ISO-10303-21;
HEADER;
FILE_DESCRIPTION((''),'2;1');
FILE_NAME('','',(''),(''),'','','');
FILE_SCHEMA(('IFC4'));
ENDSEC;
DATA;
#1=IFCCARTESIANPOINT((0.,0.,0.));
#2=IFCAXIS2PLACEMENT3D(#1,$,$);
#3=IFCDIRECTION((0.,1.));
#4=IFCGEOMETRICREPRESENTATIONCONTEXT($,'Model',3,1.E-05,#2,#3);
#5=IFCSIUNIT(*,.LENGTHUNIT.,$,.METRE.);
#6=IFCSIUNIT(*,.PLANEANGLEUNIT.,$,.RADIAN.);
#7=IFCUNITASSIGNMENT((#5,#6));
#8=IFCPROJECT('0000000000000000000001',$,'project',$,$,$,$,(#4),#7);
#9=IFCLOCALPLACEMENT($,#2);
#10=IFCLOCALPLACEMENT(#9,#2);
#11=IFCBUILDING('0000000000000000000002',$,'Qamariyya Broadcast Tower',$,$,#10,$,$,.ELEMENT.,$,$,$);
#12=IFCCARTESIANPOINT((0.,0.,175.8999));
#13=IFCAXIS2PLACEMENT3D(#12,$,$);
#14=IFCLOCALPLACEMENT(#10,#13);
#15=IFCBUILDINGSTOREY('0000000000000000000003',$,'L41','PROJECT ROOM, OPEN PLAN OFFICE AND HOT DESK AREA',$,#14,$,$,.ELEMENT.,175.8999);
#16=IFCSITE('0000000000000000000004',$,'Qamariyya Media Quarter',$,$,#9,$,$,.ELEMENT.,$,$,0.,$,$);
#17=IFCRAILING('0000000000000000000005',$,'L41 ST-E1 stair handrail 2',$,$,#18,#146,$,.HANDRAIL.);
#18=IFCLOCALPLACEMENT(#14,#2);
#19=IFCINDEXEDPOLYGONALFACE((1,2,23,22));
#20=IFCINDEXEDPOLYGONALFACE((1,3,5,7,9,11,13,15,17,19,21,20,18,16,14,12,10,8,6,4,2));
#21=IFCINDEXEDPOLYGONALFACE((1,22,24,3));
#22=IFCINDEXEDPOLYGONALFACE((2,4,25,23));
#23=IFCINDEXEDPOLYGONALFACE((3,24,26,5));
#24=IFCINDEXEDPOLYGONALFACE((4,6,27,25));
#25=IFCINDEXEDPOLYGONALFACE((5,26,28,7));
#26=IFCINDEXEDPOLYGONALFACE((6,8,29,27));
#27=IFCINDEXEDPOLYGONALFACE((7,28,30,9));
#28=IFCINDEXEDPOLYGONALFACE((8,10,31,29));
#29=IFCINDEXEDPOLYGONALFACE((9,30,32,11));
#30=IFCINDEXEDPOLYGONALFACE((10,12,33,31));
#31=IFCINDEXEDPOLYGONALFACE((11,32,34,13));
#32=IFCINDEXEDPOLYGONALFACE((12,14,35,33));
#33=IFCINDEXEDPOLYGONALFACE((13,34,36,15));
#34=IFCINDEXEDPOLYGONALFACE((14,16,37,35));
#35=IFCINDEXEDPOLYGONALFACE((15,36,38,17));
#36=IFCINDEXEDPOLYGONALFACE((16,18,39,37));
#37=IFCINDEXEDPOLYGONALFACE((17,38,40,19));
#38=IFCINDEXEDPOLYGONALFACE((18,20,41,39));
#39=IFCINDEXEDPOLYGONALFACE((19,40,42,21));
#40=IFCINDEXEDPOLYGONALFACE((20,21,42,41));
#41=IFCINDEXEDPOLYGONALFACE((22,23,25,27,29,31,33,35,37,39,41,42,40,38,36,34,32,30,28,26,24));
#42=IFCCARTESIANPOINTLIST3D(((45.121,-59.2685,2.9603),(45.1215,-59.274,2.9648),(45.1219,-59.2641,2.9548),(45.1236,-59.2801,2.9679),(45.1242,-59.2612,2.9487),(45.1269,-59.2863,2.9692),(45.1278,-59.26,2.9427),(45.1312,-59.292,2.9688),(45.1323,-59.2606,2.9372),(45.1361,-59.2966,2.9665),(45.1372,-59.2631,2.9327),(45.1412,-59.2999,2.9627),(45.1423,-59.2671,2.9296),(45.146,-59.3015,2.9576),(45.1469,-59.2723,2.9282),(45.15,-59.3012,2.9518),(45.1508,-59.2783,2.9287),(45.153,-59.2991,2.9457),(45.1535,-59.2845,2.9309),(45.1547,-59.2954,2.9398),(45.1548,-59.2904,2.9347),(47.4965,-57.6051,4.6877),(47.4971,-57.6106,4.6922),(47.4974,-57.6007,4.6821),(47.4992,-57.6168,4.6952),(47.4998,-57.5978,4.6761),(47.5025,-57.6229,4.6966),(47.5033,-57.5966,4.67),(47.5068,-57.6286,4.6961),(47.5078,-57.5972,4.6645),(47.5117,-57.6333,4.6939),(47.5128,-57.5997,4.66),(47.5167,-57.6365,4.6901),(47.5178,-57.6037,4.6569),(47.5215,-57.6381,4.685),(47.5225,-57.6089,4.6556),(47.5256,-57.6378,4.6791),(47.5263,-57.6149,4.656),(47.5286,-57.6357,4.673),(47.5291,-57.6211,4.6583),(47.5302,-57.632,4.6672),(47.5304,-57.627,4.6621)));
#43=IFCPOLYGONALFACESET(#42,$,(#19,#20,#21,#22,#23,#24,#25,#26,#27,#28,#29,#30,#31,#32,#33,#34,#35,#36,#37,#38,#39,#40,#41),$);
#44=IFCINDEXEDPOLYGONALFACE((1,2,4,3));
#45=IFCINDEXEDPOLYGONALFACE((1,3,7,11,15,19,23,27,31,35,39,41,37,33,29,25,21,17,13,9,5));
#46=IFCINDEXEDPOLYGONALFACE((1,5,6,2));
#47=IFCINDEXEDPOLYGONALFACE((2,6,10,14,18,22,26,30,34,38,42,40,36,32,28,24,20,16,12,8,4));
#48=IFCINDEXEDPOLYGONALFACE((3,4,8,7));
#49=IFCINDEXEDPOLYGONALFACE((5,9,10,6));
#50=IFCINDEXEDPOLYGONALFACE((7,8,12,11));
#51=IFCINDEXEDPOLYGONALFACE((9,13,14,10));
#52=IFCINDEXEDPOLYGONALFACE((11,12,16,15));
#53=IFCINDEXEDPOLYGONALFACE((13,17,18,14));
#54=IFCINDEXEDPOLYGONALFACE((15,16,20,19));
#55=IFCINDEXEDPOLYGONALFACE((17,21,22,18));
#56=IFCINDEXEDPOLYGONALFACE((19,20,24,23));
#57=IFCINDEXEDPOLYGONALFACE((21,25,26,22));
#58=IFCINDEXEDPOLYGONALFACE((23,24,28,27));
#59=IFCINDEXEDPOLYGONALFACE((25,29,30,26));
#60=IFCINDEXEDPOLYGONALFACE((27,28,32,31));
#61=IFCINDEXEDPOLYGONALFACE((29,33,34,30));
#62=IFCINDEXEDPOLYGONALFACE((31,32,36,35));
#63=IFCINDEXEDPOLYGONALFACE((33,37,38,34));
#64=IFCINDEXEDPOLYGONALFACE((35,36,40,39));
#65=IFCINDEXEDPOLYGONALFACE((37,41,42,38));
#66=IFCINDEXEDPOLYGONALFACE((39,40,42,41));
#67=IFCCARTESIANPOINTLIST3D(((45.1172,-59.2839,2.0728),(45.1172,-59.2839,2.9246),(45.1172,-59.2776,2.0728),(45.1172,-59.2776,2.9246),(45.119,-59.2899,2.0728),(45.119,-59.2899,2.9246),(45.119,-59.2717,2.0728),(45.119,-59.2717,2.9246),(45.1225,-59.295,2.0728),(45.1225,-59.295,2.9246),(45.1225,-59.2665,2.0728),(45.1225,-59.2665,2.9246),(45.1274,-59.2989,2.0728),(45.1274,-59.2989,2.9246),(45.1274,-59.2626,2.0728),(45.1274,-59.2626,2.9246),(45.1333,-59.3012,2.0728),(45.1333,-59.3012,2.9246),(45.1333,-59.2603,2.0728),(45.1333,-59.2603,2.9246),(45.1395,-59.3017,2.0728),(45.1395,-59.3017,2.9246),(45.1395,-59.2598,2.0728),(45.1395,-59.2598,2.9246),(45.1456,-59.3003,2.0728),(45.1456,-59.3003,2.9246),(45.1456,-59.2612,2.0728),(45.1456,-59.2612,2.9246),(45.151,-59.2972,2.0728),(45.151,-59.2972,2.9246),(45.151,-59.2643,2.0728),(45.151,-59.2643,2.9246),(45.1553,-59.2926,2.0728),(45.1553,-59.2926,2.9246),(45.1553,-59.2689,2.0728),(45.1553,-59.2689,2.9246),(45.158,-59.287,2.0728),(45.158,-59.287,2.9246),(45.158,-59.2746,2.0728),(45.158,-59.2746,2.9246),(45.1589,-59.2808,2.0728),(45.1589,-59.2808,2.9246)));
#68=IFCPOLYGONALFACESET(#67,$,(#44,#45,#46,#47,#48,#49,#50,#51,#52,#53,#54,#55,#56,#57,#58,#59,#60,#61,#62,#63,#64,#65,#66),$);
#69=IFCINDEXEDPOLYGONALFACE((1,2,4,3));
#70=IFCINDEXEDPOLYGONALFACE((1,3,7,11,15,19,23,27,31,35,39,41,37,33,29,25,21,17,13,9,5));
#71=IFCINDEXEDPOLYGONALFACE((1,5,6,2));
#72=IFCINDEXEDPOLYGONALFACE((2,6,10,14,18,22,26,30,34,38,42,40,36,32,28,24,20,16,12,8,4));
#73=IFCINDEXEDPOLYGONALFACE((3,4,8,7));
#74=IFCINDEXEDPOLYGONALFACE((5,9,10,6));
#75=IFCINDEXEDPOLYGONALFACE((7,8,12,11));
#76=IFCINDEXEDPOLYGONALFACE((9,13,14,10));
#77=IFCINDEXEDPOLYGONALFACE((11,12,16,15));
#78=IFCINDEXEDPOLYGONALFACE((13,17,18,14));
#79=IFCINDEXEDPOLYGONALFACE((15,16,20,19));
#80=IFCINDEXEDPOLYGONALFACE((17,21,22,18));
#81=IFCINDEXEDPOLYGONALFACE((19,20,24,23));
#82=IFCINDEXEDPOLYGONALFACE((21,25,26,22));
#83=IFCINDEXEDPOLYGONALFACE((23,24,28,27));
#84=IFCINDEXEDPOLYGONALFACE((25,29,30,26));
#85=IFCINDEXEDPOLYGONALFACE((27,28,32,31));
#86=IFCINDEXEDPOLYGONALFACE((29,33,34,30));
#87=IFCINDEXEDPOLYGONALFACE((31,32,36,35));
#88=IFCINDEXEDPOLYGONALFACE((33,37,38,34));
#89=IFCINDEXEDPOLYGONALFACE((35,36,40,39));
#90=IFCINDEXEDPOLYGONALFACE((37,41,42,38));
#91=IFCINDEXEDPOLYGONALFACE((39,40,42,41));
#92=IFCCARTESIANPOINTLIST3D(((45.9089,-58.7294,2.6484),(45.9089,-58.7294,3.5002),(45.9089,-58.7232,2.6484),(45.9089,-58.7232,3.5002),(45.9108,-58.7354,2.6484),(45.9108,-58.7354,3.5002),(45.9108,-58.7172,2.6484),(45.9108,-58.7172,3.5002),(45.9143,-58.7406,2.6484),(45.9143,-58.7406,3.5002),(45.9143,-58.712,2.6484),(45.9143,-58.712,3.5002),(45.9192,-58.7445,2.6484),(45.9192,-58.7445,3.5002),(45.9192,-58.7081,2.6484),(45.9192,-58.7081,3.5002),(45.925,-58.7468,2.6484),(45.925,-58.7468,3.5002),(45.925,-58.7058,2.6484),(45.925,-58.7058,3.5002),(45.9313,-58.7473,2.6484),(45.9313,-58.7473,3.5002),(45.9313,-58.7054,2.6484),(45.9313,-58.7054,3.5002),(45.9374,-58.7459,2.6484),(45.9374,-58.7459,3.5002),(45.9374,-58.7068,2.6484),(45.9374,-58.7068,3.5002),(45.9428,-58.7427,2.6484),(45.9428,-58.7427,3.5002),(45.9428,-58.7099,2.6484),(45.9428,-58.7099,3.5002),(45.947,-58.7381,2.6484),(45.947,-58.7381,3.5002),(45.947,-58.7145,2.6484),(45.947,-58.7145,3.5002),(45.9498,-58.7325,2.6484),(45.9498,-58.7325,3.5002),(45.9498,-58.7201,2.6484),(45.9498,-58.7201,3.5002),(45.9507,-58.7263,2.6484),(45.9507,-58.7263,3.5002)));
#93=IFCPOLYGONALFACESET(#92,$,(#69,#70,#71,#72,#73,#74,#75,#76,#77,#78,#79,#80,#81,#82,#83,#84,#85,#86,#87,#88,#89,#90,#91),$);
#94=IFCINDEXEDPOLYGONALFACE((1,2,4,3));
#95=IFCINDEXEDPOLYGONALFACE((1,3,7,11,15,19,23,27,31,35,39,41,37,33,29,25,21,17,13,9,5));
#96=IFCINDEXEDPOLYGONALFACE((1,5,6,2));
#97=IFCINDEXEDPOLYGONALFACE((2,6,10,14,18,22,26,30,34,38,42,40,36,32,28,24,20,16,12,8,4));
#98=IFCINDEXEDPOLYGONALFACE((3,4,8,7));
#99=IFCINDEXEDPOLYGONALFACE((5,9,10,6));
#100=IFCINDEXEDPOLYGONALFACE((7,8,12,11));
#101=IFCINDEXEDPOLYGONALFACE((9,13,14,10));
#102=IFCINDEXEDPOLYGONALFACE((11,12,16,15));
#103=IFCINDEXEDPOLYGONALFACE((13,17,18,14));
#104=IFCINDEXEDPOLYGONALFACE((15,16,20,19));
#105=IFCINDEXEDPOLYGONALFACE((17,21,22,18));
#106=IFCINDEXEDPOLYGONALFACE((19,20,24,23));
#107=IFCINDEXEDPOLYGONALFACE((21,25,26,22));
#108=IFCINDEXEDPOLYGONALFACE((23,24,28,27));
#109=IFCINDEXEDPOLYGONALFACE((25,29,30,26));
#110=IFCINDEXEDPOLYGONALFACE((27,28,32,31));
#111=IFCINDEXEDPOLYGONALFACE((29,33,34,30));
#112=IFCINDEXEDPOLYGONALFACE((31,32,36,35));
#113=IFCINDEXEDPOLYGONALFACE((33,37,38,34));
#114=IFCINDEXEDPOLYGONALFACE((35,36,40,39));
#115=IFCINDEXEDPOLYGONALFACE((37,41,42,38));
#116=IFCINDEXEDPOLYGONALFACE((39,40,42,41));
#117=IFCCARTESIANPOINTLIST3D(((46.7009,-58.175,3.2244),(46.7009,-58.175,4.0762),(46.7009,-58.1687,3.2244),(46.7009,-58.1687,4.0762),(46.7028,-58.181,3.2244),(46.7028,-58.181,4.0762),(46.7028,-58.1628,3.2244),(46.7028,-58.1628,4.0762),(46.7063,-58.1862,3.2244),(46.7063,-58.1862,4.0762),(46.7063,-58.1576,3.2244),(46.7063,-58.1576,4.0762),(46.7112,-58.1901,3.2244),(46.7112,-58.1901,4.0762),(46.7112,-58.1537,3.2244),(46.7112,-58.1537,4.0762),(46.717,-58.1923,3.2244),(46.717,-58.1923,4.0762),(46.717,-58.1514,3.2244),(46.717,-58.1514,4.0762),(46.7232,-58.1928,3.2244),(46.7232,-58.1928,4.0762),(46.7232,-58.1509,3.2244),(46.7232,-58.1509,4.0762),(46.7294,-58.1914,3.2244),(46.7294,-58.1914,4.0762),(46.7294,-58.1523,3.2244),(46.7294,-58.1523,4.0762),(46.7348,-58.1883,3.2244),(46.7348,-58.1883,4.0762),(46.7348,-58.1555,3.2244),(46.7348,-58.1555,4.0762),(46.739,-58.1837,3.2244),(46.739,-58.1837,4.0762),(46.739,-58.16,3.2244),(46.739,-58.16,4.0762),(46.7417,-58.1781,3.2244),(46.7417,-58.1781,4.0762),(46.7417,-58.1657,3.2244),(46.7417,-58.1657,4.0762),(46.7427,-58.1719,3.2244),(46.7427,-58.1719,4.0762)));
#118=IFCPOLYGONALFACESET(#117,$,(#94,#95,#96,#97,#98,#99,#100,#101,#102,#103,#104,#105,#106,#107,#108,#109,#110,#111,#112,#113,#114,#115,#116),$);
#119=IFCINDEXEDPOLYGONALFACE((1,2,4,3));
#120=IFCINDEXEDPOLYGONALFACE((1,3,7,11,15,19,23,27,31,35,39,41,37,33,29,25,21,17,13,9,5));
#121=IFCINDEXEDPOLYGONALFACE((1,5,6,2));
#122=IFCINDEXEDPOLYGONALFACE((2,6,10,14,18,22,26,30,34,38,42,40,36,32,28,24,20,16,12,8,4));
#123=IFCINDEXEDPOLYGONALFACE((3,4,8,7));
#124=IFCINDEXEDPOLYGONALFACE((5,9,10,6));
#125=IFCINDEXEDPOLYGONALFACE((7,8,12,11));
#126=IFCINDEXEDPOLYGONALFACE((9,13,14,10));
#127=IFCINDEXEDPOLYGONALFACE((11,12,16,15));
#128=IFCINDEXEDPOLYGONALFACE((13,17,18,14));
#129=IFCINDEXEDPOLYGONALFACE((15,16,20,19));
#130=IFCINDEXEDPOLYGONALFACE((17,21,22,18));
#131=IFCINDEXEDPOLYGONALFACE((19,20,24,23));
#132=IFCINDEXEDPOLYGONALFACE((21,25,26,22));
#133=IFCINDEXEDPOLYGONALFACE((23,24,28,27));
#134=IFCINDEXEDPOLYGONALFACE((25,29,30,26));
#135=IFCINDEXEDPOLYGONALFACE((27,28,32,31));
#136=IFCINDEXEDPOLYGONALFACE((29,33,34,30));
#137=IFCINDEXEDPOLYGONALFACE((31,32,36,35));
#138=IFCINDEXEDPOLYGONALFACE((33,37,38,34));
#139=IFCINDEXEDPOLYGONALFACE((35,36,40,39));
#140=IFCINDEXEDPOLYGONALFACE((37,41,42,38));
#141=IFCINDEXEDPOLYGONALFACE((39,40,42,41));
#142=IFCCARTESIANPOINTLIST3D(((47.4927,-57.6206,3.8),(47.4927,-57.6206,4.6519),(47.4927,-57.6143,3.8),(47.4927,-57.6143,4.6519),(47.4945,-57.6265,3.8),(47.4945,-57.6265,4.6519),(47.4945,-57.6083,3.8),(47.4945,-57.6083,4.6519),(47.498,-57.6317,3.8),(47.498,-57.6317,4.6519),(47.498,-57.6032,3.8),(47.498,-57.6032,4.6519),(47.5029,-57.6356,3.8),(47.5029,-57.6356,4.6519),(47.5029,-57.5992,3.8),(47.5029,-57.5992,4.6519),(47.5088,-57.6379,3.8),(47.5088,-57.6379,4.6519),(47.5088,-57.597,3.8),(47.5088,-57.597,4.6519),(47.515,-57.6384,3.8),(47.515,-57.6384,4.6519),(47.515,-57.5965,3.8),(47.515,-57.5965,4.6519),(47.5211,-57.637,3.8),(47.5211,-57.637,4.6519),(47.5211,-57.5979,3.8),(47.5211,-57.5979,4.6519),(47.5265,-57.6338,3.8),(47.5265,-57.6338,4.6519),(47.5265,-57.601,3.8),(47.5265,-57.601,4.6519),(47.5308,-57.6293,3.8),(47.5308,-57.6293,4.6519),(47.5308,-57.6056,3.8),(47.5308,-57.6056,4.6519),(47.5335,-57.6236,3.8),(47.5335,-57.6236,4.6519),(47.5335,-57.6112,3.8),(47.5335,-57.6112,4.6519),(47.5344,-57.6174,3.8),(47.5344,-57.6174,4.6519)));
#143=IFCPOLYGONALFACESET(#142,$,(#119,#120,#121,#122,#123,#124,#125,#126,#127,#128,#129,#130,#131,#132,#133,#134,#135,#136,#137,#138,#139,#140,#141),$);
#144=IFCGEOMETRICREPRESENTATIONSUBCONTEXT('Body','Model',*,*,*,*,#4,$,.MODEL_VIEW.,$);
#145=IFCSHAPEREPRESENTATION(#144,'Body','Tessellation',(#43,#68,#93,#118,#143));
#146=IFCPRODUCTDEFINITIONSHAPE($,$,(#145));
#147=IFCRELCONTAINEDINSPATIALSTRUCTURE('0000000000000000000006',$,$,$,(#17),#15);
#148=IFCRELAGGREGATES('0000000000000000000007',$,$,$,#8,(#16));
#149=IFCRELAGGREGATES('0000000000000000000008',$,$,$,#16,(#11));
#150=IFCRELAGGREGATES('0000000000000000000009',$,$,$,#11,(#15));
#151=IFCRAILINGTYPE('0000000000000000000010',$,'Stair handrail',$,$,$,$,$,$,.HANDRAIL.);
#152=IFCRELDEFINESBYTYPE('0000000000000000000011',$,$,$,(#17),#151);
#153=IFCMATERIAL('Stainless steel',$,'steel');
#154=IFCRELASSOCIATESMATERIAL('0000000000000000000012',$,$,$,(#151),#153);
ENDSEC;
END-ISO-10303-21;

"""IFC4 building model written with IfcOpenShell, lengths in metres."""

from ifc_helpers import new_model, si_unit, direction, frame, origin, origin_2d, place, context, subcontext, project, spatial, circle, extrude, material, type_object, element, save


model = new_model("IFC4")

# Units and contexts
model_context = context("Model", 3, precision=1e-05, world=origin(), true_north=direction((0.0, 1.0)))
body_context = subcontext(model_context, "Body", "Model", "MODEL_VIEW")
ifc_project = project(units=[si_unit("LENGTHUNIT", "METRE"), si_unit("PLANEANGLEUNIT", "RADIAN")], contexts=[model_context])

# Site, building, storey
site_placement = place(None, origin())
site = spatial("IfcSite", under=ifc_project, at=site_placement, Name="Qamariyya Media Quarter", CompositionType="ELEMENT", RefElevation=0.0)
building_placement = place(site_placement, origin())
building = spatial("IfcBuilding", under=site, at=building_placement, Name="Qamariyya Broadcast Tower", CompositionType="ELEMENT")
storey_placement = place(building_placement, frame((0.0, 0.0, 175.8999)))
storey = spatial("IfcBuildingStorey", under=building, at=storey_placement, Name="L41", Description="PROJECT ROOM, OPEN PLAN OFFICE AND HOT DESK AREA", CompositionType="ELEMENT", Elevation=175.8999)

# Railing
ifc_material_1 = material(Name="Stainless steel", Category="steel")
railing_type_1 = type_object("IfcRailingType", Name="Stair handrail", PredefinedType="HANDRAIL", material=ifc_material_1)
railing_1_placement = place(storey_placement, frame((45.1379, -59.2808, 2.0728)))
element("IfcRailing", 1, at=railing_1_placement, inside=storey, type_object=railing_type_1, Name="L41 ST-E1 stair handrail 2", PredefinedType="HANDRAIL", context=body_context, shape_type="SweptSolid", body=[
    extrude(circle(Radius=0.0239, at=origin_2d()), frame((0.0, 0.0, 0.876), z_axis=(0.70377, 0.492784, 0.511734), x_axis=(-0.573575, 0.819153, 0.0)), (0.0, 0.0, 1.0), 3.3755),
    extrude(circle(Radius=0.021, at=origin_2d()), origin(), (0.0, 0.0, 1.0), 0.8518),
    extrude(circle(Radius=0.021, at=origin_2d()), frame((0.7917, 0.5544, 0.5757)), (0.0, 0.0, 1.0), 0.8518),
    extrude(circle(Radius=0.021, at=origin_2d()), frame((1.5837, 1.1089, 1.1516)), (0.0, 0.0, 1.0), 0.8518),
    extrude(circle(Radius=0.021, at=origin_2d()), frame((2.3755, 1.6633, 1.7273)), (0.0, 0.0, 1.0), 0.8518),
])

save(model, "model.ifc")
